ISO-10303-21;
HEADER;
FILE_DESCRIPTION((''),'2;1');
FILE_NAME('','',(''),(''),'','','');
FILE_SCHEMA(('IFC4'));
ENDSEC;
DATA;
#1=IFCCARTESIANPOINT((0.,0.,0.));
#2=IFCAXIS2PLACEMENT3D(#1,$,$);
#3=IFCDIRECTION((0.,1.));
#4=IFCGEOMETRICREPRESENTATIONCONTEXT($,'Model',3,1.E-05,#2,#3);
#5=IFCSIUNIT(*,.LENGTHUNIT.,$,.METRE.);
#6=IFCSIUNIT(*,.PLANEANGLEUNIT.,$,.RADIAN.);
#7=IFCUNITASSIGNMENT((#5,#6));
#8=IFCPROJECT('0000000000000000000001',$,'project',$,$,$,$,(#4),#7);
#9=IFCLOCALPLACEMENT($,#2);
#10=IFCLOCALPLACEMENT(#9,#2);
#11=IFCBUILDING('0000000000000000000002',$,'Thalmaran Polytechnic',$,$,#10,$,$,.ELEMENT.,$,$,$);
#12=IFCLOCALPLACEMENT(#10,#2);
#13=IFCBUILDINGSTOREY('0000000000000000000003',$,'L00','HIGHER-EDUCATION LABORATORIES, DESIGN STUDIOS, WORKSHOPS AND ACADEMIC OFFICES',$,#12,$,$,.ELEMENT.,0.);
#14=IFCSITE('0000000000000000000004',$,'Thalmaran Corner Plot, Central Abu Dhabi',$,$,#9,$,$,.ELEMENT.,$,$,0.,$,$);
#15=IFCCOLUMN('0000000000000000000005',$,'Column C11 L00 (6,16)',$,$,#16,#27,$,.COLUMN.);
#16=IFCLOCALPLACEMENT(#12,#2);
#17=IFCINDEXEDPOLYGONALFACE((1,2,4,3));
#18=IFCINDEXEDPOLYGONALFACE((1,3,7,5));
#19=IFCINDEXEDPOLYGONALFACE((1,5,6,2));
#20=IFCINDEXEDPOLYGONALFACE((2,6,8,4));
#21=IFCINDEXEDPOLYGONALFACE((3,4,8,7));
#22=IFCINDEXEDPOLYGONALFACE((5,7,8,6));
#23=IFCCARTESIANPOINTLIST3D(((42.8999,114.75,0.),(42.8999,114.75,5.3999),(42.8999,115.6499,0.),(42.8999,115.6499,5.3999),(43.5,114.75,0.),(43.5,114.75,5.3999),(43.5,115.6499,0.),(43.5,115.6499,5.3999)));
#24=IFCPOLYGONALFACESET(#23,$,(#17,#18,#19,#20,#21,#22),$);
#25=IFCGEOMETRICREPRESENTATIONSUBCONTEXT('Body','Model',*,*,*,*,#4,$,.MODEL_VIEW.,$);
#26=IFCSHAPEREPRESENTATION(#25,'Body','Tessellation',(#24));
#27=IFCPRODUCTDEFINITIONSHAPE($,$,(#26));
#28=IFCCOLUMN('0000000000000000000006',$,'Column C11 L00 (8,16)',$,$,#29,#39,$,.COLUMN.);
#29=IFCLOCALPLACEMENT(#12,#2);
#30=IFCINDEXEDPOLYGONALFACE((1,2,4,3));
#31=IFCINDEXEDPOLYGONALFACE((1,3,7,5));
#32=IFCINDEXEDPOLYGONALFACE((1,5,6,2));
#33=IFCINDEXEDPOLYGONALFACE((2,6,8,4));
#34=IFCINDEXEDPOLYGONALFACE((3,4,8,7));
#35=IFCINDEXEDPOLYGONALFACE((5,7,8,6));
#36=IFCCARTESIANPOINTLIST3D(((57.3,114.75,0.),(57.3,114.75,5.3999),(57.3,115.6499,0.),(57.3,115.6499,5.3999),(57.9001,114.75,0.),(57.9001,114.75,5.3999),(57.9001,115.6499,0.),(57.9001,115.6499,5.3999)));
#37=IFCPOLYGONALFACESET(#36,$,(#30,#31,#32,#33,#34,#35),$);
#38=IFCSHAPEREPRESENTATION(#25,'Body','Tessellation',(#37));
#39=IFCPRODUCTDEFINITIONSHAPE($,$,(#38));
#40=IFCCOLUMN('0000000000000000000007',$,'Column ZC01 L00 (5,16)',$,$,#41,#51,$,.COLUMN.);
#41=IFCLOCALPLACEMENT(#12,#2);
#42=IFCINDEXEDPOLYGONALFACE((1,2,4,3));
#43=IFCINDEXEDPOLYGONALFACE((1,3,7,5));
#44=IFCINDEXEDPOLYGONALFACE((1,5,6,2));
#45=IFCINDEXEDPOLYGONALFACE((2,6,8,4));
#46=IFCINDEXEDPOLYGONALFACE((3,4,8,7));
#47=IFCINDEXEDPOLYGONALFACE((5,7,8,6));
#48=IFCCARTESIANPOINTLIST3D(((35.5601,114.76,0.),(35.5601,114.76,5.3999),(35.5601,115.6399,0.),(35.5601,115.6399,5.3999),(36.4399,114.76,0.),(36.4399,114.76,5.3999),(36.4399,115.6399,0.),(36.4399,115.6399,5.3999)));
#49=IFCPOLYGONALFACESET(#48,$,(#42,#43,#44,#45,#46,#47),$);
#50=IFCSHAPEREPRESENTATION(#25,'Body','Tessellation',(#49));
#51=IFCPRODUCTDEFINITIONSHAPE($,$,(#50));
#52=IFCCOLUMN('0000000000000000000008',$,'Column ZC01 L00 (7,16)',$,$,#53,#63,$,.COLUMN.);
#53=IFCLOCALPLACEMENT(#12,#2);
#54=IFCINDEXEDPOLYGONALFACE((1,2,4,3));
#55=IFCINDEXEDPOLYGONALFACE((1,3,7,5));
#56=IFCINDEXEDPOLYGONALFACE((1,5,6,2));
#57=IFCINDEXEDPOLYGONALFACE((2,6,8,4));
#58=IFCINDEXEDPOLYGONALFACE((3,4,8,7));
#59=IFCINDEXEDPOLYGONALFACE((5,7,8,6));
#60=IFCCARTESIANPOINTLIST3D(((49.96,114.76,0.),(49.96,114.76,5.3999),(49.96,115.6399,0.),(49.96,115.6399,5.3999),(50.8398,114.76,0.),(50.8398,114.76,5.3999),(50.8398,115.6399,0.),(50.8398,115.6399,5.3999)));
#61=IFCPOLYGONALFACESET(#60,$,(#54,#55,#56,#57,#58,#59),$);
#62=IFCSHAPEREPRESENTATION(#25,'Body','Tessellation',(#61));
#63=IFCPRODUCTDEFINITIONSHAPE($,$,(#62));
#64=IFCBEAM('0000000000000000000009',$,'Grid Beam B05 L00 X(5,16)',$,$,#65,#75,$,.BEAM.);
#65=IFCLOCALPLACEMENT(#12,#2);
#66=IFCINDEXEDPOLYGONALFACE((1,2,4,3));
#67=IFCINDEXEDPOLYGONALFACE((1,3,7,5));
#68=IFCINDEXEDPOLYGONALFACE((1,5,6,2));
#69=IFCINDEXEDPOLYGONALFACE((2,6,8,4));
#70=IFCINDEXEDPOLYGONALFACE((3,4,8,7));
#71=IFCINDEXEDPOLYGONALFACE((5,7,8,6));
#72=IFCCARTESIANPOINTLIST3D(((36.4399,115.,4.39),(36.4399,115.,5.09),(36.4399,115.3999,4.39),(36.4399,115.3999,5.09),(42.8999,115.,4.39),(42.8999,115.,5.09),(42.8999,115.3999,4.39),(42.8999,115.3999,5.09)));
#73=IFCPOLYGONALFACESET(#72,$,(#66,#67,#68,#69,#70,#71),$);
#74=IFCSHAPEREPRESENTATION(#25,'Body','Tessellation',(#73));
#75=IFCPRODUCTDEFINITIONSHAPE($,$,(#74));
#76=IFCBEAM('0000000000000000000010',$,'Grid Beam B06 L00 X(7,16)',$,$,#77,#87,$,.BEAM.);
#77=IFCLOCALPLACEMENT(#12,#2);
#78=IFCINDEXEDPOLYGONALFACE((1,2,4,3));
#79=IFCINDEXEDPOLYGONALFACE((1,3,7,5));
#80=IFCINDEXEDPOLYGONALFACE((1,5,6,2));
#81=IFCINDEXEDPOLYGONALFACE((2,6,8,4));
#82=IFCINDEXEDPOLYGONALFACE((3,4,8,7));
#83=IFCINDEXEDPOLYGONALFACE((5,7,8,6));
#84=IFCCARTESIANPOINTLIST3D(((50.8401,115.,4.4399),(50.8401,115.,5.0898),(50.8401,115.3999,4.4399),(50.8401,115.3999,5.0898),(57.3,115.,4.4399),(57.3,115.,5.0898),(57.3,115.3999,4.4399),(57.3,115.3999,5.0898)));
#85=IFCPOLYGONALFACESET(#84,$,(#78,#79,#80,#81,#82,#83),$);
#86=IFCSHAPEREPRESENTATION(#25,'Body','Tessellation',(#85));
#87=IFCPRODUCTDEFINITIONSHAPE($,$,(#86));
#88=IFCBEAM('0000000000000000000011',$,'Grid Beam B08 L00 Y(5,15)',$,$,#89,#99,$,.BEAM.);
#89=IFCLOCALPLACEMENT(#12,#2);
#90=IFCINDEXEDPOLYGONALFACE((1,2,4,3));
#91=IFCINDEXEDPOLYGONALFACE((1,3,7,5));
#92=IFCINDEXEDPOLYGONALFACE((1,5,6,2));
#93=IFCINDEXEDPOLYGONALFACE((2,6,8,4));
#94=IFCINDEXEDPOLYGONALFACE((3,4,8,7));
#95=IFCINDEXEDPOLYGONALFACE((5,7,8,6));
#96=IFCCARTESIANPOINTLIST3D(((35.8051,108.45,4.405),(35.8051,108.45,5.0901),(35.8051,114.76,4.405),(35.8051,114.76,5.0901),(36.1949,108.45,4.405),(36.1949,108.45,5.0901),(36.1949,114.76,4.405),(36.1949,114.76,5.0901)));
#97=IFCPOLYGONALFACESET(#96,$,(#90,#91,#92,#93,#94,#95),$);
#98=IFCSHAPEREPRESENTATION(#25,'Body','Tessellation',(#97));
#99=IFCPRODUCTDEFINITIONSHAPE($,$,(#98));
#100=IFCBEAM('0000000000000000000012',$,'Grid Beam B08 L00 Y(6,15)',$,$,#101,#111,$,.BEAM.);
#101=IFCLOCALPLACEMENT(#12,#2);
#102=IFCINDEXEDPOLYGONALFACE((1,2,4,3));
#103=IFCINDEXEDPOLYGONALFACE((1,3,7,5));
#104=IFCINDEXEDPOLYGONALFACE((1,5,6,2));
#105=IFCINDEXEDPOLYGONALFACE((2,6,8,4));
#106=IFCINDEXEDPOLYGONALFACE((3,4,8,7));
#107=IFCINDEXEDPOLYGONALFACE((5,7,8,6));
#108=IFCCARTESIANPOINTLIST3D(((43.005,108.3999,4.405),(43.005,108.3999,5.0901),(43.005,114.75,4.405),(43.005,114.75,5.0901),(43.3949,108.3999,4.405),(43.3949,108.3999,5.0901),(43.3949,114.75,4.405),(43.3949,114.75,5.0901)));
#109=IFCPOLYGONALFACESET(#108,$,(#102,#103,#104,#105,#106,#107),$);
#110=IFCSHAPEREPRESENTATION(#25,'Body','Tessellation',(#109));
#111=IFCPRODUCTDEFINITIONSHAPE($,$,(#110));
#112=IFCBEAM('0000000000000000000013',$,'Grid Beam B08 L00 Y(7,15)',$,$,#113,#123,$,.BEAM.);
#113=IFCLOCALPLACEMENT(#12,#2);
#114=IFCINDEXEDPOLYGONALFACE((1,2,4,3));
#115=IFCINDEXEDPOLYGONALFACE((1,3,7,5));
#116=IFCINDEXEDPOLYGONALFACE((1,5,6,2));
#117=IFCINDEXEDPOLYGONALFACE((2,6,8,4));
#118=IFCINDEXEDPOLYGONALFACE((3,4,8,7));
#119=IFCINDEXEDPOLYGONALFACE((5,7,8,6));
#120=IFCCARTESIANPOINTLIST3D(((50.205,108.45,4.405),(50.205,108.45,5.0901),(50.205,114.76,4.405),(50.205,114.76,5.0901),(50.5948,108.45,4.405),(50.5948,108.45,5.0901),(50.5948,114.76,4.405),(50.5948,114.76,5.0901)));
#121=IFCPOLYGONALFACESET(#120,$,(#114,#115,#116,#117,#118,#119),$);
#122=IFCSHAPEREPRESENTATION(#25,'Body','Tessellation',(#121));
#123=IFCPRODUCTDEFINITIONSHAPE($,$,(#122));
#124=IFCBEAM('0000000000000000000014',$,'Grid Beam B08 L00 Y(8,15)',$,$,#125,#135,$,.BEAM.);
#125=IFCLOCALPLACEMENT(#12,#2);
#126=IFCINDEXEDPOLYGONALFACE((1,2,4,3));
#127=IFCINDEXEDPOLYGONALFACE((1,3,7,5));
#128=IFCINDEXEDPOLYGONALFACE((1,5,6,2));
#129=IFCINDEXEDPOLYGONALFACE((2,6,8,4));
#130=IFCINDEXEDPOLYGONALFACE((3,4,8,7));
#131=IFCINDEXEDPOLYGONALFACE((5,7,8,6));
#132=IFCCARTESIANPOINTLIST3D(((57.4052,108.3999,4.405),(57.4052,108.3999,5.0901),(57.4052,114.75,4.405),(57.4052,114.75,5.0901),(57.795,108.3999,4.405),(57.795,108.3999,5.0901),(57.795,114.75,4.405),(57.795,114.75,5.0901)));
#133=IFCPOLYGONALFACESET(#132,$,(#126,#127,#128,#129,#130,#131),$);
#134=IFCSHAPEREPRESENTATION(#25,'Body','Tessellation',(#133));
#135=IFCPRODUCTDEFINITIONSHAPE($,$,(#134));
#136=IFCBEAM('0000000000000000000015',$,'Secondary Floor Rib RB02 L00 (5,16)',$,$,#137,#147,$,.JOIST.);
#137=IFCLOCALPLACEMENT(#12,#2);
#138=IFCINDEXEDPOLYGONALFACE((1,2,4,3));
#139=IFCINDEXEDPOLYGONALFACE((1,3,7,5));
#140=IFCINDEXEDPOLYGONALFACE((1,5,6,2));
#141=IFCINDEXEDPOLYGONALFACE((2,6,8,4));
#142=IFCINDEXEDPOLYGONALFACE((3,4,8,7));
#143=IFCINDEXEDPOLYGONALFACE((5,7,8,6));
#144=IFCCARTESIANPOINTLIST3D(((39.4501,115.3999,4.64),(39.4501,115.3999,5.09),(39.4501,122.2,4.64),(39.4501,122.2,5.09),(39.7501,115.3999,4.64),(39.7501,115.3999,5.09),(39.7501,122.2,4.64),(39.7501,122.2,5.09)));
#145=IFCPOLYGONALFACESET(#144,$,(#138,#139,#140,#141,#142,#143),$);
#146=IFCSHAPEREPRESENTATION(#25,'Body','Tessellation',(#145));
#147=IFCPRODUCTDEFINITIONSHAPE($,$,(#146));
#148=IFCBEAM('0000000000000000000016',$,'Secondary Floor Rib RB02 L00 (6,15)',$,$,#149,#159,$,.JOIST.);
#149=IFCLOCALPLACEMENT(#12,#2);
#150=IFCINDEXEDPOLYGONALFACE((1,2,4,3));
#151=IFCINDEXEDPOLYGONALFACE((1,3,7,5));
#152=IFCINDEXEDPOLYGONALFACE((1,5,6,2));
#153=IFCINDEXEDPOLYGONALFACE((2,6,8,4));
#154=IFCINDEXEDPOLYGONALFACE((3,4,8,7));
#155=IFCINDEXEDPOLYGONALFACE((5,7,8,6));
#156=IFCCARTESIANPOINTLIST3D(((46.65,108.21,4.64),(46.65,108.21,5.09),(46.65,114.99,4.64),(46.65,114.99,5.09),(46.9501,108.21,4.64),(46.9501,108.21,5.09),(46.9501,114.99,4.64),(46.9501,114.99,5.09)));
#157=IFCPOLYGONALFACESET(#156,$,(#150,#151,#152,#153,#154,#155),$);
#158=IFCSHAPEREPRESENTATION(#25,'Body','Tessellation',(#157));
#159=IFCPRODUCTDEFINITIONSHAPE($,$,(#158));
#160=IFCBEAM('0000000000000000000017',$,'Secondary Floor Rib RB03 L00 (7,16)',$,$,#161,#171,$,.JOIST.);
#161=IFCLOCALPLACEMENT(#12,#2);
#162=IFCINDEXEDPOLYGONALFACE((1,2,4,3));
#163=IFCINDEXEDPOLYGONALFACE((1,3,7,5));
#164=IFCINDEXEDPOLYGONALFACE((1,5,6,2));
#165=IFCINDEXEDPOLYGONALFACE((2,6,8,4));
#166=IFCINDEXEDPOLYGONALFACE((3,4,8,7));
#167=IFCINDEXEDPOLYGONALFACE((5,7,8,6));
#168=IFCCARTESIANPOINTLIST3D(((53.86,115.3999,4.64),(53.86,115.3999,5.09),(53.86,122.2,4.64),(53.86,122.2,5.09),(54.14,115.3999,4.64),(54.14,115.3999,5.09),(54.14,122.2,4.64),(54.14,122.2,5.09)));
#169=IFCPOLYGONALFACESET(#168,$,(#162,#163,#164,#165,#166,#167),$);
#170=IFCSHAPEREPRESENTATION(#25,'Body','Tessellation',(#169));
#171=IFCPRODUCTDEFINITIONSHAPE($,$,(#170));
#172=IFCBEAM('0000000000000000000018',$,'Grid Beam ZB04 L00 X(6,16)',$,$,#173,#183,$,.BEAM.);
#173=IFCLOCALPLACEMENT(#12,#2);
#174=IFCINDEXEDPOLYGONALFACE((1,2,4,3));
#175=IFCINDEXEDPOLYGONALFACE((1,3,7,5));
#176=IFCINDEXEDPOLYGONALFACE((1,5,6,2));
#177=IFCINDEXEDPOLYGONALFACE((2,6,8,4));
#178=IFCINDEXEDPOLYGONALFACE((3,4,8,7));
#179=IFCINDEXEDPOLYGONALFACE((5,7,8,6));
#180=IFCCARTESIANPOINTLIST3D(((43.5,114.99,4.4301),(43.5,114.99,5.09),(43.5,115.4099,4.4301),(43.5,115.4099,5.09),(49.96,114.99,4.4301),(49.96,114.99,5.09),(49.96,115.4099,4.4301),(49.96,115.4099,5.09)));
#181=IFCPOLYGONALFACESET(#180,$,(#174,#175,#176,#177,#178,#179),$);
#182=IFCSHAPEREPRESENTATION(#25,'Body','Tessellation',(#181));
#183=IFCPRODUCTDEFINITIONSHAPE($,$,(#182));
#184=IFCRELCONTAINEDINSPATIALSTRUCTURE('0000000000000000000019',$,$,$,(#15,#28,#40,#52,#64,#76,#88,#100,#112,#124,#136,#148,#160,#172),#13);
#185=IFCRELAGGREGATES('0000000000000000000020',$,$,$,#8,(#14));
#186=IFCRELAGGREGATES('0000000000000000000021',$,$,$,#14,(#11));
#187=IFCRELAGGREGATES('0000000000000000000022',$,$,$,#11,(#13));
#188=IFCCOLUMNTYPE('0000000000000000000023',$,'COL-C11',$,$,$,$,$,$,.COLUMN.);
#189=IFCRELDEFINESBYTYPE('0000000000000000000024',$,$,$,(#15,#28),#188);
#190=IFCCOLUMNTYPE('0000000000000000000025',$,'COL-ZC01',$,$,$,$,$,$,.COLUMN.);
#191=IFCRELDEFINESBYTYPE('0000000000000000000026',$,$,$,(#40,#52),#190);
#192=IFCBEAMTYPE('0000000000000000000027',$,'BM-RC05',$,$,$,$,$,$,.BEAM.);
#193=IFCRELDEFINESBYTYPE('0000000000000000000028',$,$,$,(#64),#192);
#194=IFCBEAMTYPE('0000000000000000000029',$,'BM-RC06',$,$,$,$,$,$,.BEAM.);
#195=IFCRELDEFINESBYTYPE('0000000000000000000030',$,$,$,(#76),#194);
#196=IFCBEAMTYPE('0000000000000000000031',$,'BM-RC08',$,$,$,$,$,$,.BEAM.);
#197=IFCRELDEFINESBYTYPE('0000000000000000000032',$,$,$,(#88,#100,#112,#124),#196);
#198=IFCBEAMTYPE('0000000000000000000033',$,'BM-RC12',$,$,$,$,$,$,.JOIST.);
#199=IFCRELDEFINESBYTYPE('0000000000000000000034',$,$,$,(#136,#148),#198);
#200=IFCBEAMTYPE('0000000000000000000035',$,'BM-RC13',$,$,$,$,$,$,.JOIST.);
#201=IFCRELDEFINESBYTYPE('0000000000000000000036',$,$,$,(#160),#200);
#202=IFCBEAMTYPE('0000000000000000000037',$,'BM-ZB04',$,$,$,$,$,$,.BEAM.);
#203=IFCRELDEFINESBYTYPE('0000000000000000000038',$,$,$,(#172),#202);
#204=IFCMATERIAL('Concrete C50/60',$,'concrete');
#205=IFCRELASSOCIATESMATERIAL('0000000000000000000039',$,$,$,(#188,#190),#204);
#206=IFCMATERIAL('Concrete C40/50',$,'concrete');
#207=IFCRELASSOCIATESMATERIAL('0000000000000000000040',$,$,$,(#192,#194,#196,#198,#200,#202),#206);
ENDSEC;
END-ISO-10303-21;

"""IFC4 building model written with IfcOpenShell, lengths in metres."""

from ifc_helpers import new_model, si_unit, direction, frame, origin, origin_2d, place, context, subcontext, project, spatial, rectangle, extrude, material, material_profile, profile_set, type_object, element, save


model = new_model("IFC4")

# Units and contexts
model_context = context("Model", 3, precision=1e-05, world=origin(), true_north=direction((0.0, 1.0)))
body_context = subcontext(model_context, "Body", "Model", "MODEL_VIEW")
ifc_project = project(units=[si_unit("LENGTHUNIT", "METRE"), si_unit("PLANEANGLEUNIT", "RADIAN")], contexts=[model_context])

# Site, building, storey
site_placement = place(None, origin())
site = spatial("IfcSite", under=ifc_project, at=site_placement, Name="Thalmaran Corner Plot, Central Abu Dhabi", CompositionType="ELEMENT", RefElevation=0.0)
building_placement = place(site_placement, origin())
building = spatial("IfcBuilding", under=site, at=building_placement, Name="Thalmaran Polytechnic", CompositionType="ELEMENT")
storey_placement = place(building_placement, origin())
storey = spatial("IfcBuildingStorey", under=building, at=storey_placement, Name="L00", Description="HIGHER-EDUCATION LABORATORIES, DESIGN STUDIOS, WORKSHOPS AND ACADEMIC OFFICES", CompositionType="ELEMENT", Elevation=0.0)

# Columns
ifc_material_1 = material(Name="Concrete C50/60", Category="concrete")
ifc_material_profile_1 = material_profile(ifc_material_1, rectangle(XDim=0.6001, YDim=0.8999, at=origin_2d()), Name="RC 600x900")
ifc_profile_set_1 = profile_set([ifc_material_profile_1], Name="Concrete C50/60")
column_type_1 = type_object("IfcColumnType", Name="COL-C11", PredefinedType="COLUMN", material=ifc_profile_set_1)
for number, where, z_axis, x_axis, name in (
    (1, (43.2, 115.2, 0.0), (0.0, 0.0, 1.0), (1.0, 0.0, 0.0), "Column C11 L00 (6,16)"),
    (2, (57.6001, 115.2, 0.0), (0.0, 0.0, 1.0), (1.0, 0.0, 0.0), "Column C11 L00 (8,16)"),
):
    element("IfcColumn", number, at=place(storey_placement, frame(where, z_axis=z_axis, x_axis=x_axis)), inside=storey, type_object=column_type_1, Name=name, PredefinedType="COLUMN", context=body_context, shape_type="SweptSolid", body=[
        extrude(rectangle(XDim=0.6001, YDim=0.8999, at=origin_2d()), origin(), (0.0, 0.0, 1.0), 5.3999),
    ])
ifc_material_profile_2 = material_profile(ifc_material_1, rectangle(XDim=0.8799, YDim=0.8799, at=origin_2d()), Name="RC 880x880")
ifc_profile_set_2 = profile_set([ifc_material_profile_2], Name="Concrete C50/60")
column_type_2 = type_object("IfcColumnType", Name="COL-ZC01", PredefinedType="COLUMN", material=ifc_profile_set_2)
for number, where, z_axis, x_axis, name in (
    (3, (36.0, 115.2, 0.0), (0.0, 0.0, 1.0), (1.0, 0.0, 0.0), "Column ZC01 L00 (5,16)"),
    (4, (50.3999, 115.2, 0.0), (0.0, 0.0, 1.0), (1.0, 0.0, 0.0), "Column ZC01 L00 (7,16)"),
):
    element("IfcColumn", number, at=place(storey_placement, frame(where, z_axis=z_axis, x_axis=x_axis)), inside=storey, type_object=column_type_2, Name=name, PredefinedType="COLUMN", context=body_context, shape_type="SweptSolid", body=[
        extrude(rectangle(XDim=0.8799, YDim=0.8799, at=origin_2d()), origin(), (0.0, 0.0, 1.0), 5.3999),
    ])

# Beams
ifc_material_2 = material(Name="Concrete C40/50", Category="concrete")
ifc_material_profile_3 = material_profile(ifc_material_2, rectangle(XDim=0.3999, YDim=0.7, at=origin_2d()), Name="RC 400x700")
ifc_profile_set_3 = profile_set([ifc_material_profile_3], Name="Concrete C40/50")
beam_type_1 = type_object("IfcBeamType", Name="BM-RC05", PredefinedType="BEAM", material=ifc_profile_set_3)
beam_1_placement = place(storey_placement, frame((36.4399, 115.2, 4.74), z_axis=(1.0, 0.0, 0.0), x_axis=(0.0, 1.0, 0.0)))
element("IfcBeam", 5, at=beam_1_placement, inside=storey, type_object=beam_type_1, Name="Grid Beam B05 L00 X(5,16)", PredefinedType="BEAM", context=body_context, shape_type="SweptSolid", body=[
    extrude(rectangle(XDim=0.3999, YDim=0.7, at=origin_2d()), origin(), (0.0, 0.0, 1.0), 6.46),
])
ifc_material_profile_4 = material_profile(ifc_material_2, rectangle(XDim=0.3999, YDim=0.6499, at=origin_2d()), Name="RC 400x650")
ifc_profile_set_4 = profile_set([ifc_material_profile_4], Name="Concrete C40/50")
beam_type_2 = type_object("IfcBeamType", Name="BM-RC06", PredefinedType="BEAM", material=ifc_profile_set_4)
beam_2_placement = place(storey_placement, frame((50.8401, 115.2, 4.7649), z_axis=(1.0, 0.0, 0.0), x_axis=(0.0, 1.0, 0.0)))
element("IfcBeam", 6, at=beam_2_placement, inside=storey, type_object=beam_type_2, Name="Grid Beam B06 L00 X(7,16)", PredefinedType="BEAM", context=body_context, shape_type="SweptSolid", body=[
    extrude(rectangle(XDim=0.3999, YDim=0.6499, at=origin_2d()), origin(), (0.0, 0.0, 1.0), 6.46),
])
ifc_material_profile_5 = material_profile(ifc_material_2, rectangle(XDim=0.3899, YDim=0.6851, at=origin_2d()), Name="RC 390x685")
ifc_profile_set_5 = profile_set([ifc_material_profile_5], Name="Concrete C40/50")
beam_type_3 = type_object("IfcBeamType", Name="BM-RC08", PredefinedType="BEAM", material=ifc_profile_set_5)
beam_3_placement = place(storey_placement, frame((36.0, 108.45, 4.7476), z_axis=(0.0, 1.0, 0.0), x_axis=(-1.0, 0.0, 0.0)))
element("IfcBeam", 7, at=beam_3_placement, inside=storey, type_object=beam_type_3, Name="Grid Beam B08 L00 Y(5,15)", PredefinedType="BEAM", context=body_context, shape_type="SweptSolid", body=[
    extrude(rectangle(XDim=0.3899, YDim=0.6851, at=origin_2d()), origin(), (0.0, 0.0, 1.0), 6.3101),
])
beam_4_placement = place(storey_placement, frame((43.2, 108.3999, 4.7476), z_axis=(0.0, 1.0, 0.0), x_axis=(-1.0, 0.0, 0.0)))
element("IfcBeam", 8, at=beam_4_placement, inside=storey, type_object=beam_type_3, Name="Grid Beam B08 L00 Y(6,15)", PredefinedType="BEAM", context=body_context, shape_type="SweptSolid", body=[
    extrude(rectangle(XDim=0.3899, YDim=0.6851, at=origin_2d()), origin(), (0.0, 0.0, 1.0), 6.3501),
])
beam_5_placement = place(storey_placement, frame((50.3999, 108.45, 4.7476), z_axis=(0.0, 1.0, 0.0), x_axis=(-1.0, 0.0, 0.0)))
element("IfcBeam", 9, at=beam_5_placement, inside=storey, type_object=beam_type_3, Name="Grid Beam B08 L00 Y(7,15)", PredefinedType="BEAM", context=body_context, shape_type="SweptSolid", body=[
    extrude(rectangle(XDim=0.3899, YDim=0.6851, at=origin_2d()), origin(), (0.0, 0.0, 1.0), 6.3101),
])
beam_6_placement = place(storey_placement, frame((57.6001, 108.3999, 4.7476), z_axis=(0.0, 1.0, 0.0), x_axis=(-1.0, 0.0, 0.0)))
element("IfcBeam", 10, at=beam_6_placement, inside=storey, type_object=beam_type_3, Name="Grid Beam B08 L00 Y(8,15)", PredefinedType="BEAM", context=body_context, shape_type="SweptSolid", body=[
    extrude(rectangle(XDim=0.3899, YDim=0.6851, at=origin_2d()), origin(), (0.0, 0.0, 1.0), 6.3501),
])
ifc_material_profile_6 = material_profile(ifc_material_2, rectangle(XDim=0.3, YDim=0.45, at=origin_2d()), Name="RC 300x450")
ifc_profile_set_6 = profile_set([ifc_material_profile_6], Name="Concrete C40/50")
beam_type_4 = type_object("IfcBeamType", Name="BM-RC12", PredefinedType="JOIST", material=ifc_profile_set_6)
beam_7_placement = place(storey_placement, frame((39.6001, 115.3999, 4.865), z_axis=(0.0, 1.0, 0.0), x_axis=(-1.0, 0.0, 0.0)))
element("IfcBeam", 11, at=beam_7_placement, inside=storey, type_object=beam_type_4, Name="Secondary Floor Rib RB02 L00 (5,16)", PredefinedType="JOIST", context=body_context, shape_type="SweptSolid", body=[
    extrude(rectangle(XDim=0.3, YDim=0.45, at=origin_2d()), origin(), (0.0, 0.0, 1.0), 6.8),
])
beam_8_placement = place(storey_placement, frame((46.8, 108.21, 4.865), z_axis=(0.0, 1.0, 0.0), x_axis=(-1.0, 0.0, 0.0)))
element("IfcBeam", 12, at=beam_8_placement, inside=storey, type_object=beam_type_4, Name="Secondary Floor Rib RB02 L00 (6,15)", PredefinedType="JOIST", context=body_context, shape_type="SweptSolid", body=[
    extrude(rectangle(XDim=0.3, YDim=0.45, at=origin_2d()), origin(), (0.0, 0.0, 1.0), 6.78),
])
ifc_material_profile_7 = material_profile(ifc_material_2, rectangle(XDim=0.28, YDim=0.45, at=origin_2d()), Name="RC 280x450")
ifc_profile_set_7 = profile_set([ifc_material_profile_7], Name="Concrete C40/50")
beam_type_5 = type_object("IfcBeamType", Name="BM-RC13", PredefinedType="JOIST", material=ifc_profile_set_7)
beam_9_placement = place(storey_placement, frame((54.0, 115.3999, 4.865), z_axis=(0.0, 1.0, 0.0), x_axis=(-1.0, 0.0, 0.0)))
element("IfcBeam", 13, at=beam_9_placement, inside=storey, type_object=beam_type_5, Name="Secondary Floor Rib RB03 L00 (7,16)", PredefinedType="JOIST", context=body_context, shape_type="SweptSolid", body=[
    extrude(rectangle(XDim=0.28, YDim=0.45, at=origin_2d()), origin(), (0.0, 0.0, 1.0), 6.8),
])
ifc_material_profile_8 = material_profile(ifc_material_2, rectangle(XDim=0.4199, YDim=0.6599, at=origin_2d()), Name="RC 420x660")
ifc_profile_set_8 = profile_set([ifc_material_profile_8], Name="Concrete C40/50")
beam_type_6 = type_object("IfcBeamType", Name="BM-ZB04", PredefinedType="BEAM", material=ifc_profile_set_8)
beam_10_placement = place(storey_placement, frame((43.5, 115.2, 4.76), z_axis=(1.0, 0.0, 0.0), x_axis=(0.0, 1.0, 0.0)))
element("IfcBeam", 14, at=beam_10_placement, inside=storey, type_object=beam_type_6, Name="Grid Beam ZB04 L00 X(6,16)", PredefinedType="BEAM", context=body_context, shape_type="SweptSolid", body=[
    extrude(rectangle(XDim=0.4199, YDim=0.6599, at=origin_2d()), origin(), (0.0, 0.0, 1.0), 6.46),
])

save(model, "model.ifc")
